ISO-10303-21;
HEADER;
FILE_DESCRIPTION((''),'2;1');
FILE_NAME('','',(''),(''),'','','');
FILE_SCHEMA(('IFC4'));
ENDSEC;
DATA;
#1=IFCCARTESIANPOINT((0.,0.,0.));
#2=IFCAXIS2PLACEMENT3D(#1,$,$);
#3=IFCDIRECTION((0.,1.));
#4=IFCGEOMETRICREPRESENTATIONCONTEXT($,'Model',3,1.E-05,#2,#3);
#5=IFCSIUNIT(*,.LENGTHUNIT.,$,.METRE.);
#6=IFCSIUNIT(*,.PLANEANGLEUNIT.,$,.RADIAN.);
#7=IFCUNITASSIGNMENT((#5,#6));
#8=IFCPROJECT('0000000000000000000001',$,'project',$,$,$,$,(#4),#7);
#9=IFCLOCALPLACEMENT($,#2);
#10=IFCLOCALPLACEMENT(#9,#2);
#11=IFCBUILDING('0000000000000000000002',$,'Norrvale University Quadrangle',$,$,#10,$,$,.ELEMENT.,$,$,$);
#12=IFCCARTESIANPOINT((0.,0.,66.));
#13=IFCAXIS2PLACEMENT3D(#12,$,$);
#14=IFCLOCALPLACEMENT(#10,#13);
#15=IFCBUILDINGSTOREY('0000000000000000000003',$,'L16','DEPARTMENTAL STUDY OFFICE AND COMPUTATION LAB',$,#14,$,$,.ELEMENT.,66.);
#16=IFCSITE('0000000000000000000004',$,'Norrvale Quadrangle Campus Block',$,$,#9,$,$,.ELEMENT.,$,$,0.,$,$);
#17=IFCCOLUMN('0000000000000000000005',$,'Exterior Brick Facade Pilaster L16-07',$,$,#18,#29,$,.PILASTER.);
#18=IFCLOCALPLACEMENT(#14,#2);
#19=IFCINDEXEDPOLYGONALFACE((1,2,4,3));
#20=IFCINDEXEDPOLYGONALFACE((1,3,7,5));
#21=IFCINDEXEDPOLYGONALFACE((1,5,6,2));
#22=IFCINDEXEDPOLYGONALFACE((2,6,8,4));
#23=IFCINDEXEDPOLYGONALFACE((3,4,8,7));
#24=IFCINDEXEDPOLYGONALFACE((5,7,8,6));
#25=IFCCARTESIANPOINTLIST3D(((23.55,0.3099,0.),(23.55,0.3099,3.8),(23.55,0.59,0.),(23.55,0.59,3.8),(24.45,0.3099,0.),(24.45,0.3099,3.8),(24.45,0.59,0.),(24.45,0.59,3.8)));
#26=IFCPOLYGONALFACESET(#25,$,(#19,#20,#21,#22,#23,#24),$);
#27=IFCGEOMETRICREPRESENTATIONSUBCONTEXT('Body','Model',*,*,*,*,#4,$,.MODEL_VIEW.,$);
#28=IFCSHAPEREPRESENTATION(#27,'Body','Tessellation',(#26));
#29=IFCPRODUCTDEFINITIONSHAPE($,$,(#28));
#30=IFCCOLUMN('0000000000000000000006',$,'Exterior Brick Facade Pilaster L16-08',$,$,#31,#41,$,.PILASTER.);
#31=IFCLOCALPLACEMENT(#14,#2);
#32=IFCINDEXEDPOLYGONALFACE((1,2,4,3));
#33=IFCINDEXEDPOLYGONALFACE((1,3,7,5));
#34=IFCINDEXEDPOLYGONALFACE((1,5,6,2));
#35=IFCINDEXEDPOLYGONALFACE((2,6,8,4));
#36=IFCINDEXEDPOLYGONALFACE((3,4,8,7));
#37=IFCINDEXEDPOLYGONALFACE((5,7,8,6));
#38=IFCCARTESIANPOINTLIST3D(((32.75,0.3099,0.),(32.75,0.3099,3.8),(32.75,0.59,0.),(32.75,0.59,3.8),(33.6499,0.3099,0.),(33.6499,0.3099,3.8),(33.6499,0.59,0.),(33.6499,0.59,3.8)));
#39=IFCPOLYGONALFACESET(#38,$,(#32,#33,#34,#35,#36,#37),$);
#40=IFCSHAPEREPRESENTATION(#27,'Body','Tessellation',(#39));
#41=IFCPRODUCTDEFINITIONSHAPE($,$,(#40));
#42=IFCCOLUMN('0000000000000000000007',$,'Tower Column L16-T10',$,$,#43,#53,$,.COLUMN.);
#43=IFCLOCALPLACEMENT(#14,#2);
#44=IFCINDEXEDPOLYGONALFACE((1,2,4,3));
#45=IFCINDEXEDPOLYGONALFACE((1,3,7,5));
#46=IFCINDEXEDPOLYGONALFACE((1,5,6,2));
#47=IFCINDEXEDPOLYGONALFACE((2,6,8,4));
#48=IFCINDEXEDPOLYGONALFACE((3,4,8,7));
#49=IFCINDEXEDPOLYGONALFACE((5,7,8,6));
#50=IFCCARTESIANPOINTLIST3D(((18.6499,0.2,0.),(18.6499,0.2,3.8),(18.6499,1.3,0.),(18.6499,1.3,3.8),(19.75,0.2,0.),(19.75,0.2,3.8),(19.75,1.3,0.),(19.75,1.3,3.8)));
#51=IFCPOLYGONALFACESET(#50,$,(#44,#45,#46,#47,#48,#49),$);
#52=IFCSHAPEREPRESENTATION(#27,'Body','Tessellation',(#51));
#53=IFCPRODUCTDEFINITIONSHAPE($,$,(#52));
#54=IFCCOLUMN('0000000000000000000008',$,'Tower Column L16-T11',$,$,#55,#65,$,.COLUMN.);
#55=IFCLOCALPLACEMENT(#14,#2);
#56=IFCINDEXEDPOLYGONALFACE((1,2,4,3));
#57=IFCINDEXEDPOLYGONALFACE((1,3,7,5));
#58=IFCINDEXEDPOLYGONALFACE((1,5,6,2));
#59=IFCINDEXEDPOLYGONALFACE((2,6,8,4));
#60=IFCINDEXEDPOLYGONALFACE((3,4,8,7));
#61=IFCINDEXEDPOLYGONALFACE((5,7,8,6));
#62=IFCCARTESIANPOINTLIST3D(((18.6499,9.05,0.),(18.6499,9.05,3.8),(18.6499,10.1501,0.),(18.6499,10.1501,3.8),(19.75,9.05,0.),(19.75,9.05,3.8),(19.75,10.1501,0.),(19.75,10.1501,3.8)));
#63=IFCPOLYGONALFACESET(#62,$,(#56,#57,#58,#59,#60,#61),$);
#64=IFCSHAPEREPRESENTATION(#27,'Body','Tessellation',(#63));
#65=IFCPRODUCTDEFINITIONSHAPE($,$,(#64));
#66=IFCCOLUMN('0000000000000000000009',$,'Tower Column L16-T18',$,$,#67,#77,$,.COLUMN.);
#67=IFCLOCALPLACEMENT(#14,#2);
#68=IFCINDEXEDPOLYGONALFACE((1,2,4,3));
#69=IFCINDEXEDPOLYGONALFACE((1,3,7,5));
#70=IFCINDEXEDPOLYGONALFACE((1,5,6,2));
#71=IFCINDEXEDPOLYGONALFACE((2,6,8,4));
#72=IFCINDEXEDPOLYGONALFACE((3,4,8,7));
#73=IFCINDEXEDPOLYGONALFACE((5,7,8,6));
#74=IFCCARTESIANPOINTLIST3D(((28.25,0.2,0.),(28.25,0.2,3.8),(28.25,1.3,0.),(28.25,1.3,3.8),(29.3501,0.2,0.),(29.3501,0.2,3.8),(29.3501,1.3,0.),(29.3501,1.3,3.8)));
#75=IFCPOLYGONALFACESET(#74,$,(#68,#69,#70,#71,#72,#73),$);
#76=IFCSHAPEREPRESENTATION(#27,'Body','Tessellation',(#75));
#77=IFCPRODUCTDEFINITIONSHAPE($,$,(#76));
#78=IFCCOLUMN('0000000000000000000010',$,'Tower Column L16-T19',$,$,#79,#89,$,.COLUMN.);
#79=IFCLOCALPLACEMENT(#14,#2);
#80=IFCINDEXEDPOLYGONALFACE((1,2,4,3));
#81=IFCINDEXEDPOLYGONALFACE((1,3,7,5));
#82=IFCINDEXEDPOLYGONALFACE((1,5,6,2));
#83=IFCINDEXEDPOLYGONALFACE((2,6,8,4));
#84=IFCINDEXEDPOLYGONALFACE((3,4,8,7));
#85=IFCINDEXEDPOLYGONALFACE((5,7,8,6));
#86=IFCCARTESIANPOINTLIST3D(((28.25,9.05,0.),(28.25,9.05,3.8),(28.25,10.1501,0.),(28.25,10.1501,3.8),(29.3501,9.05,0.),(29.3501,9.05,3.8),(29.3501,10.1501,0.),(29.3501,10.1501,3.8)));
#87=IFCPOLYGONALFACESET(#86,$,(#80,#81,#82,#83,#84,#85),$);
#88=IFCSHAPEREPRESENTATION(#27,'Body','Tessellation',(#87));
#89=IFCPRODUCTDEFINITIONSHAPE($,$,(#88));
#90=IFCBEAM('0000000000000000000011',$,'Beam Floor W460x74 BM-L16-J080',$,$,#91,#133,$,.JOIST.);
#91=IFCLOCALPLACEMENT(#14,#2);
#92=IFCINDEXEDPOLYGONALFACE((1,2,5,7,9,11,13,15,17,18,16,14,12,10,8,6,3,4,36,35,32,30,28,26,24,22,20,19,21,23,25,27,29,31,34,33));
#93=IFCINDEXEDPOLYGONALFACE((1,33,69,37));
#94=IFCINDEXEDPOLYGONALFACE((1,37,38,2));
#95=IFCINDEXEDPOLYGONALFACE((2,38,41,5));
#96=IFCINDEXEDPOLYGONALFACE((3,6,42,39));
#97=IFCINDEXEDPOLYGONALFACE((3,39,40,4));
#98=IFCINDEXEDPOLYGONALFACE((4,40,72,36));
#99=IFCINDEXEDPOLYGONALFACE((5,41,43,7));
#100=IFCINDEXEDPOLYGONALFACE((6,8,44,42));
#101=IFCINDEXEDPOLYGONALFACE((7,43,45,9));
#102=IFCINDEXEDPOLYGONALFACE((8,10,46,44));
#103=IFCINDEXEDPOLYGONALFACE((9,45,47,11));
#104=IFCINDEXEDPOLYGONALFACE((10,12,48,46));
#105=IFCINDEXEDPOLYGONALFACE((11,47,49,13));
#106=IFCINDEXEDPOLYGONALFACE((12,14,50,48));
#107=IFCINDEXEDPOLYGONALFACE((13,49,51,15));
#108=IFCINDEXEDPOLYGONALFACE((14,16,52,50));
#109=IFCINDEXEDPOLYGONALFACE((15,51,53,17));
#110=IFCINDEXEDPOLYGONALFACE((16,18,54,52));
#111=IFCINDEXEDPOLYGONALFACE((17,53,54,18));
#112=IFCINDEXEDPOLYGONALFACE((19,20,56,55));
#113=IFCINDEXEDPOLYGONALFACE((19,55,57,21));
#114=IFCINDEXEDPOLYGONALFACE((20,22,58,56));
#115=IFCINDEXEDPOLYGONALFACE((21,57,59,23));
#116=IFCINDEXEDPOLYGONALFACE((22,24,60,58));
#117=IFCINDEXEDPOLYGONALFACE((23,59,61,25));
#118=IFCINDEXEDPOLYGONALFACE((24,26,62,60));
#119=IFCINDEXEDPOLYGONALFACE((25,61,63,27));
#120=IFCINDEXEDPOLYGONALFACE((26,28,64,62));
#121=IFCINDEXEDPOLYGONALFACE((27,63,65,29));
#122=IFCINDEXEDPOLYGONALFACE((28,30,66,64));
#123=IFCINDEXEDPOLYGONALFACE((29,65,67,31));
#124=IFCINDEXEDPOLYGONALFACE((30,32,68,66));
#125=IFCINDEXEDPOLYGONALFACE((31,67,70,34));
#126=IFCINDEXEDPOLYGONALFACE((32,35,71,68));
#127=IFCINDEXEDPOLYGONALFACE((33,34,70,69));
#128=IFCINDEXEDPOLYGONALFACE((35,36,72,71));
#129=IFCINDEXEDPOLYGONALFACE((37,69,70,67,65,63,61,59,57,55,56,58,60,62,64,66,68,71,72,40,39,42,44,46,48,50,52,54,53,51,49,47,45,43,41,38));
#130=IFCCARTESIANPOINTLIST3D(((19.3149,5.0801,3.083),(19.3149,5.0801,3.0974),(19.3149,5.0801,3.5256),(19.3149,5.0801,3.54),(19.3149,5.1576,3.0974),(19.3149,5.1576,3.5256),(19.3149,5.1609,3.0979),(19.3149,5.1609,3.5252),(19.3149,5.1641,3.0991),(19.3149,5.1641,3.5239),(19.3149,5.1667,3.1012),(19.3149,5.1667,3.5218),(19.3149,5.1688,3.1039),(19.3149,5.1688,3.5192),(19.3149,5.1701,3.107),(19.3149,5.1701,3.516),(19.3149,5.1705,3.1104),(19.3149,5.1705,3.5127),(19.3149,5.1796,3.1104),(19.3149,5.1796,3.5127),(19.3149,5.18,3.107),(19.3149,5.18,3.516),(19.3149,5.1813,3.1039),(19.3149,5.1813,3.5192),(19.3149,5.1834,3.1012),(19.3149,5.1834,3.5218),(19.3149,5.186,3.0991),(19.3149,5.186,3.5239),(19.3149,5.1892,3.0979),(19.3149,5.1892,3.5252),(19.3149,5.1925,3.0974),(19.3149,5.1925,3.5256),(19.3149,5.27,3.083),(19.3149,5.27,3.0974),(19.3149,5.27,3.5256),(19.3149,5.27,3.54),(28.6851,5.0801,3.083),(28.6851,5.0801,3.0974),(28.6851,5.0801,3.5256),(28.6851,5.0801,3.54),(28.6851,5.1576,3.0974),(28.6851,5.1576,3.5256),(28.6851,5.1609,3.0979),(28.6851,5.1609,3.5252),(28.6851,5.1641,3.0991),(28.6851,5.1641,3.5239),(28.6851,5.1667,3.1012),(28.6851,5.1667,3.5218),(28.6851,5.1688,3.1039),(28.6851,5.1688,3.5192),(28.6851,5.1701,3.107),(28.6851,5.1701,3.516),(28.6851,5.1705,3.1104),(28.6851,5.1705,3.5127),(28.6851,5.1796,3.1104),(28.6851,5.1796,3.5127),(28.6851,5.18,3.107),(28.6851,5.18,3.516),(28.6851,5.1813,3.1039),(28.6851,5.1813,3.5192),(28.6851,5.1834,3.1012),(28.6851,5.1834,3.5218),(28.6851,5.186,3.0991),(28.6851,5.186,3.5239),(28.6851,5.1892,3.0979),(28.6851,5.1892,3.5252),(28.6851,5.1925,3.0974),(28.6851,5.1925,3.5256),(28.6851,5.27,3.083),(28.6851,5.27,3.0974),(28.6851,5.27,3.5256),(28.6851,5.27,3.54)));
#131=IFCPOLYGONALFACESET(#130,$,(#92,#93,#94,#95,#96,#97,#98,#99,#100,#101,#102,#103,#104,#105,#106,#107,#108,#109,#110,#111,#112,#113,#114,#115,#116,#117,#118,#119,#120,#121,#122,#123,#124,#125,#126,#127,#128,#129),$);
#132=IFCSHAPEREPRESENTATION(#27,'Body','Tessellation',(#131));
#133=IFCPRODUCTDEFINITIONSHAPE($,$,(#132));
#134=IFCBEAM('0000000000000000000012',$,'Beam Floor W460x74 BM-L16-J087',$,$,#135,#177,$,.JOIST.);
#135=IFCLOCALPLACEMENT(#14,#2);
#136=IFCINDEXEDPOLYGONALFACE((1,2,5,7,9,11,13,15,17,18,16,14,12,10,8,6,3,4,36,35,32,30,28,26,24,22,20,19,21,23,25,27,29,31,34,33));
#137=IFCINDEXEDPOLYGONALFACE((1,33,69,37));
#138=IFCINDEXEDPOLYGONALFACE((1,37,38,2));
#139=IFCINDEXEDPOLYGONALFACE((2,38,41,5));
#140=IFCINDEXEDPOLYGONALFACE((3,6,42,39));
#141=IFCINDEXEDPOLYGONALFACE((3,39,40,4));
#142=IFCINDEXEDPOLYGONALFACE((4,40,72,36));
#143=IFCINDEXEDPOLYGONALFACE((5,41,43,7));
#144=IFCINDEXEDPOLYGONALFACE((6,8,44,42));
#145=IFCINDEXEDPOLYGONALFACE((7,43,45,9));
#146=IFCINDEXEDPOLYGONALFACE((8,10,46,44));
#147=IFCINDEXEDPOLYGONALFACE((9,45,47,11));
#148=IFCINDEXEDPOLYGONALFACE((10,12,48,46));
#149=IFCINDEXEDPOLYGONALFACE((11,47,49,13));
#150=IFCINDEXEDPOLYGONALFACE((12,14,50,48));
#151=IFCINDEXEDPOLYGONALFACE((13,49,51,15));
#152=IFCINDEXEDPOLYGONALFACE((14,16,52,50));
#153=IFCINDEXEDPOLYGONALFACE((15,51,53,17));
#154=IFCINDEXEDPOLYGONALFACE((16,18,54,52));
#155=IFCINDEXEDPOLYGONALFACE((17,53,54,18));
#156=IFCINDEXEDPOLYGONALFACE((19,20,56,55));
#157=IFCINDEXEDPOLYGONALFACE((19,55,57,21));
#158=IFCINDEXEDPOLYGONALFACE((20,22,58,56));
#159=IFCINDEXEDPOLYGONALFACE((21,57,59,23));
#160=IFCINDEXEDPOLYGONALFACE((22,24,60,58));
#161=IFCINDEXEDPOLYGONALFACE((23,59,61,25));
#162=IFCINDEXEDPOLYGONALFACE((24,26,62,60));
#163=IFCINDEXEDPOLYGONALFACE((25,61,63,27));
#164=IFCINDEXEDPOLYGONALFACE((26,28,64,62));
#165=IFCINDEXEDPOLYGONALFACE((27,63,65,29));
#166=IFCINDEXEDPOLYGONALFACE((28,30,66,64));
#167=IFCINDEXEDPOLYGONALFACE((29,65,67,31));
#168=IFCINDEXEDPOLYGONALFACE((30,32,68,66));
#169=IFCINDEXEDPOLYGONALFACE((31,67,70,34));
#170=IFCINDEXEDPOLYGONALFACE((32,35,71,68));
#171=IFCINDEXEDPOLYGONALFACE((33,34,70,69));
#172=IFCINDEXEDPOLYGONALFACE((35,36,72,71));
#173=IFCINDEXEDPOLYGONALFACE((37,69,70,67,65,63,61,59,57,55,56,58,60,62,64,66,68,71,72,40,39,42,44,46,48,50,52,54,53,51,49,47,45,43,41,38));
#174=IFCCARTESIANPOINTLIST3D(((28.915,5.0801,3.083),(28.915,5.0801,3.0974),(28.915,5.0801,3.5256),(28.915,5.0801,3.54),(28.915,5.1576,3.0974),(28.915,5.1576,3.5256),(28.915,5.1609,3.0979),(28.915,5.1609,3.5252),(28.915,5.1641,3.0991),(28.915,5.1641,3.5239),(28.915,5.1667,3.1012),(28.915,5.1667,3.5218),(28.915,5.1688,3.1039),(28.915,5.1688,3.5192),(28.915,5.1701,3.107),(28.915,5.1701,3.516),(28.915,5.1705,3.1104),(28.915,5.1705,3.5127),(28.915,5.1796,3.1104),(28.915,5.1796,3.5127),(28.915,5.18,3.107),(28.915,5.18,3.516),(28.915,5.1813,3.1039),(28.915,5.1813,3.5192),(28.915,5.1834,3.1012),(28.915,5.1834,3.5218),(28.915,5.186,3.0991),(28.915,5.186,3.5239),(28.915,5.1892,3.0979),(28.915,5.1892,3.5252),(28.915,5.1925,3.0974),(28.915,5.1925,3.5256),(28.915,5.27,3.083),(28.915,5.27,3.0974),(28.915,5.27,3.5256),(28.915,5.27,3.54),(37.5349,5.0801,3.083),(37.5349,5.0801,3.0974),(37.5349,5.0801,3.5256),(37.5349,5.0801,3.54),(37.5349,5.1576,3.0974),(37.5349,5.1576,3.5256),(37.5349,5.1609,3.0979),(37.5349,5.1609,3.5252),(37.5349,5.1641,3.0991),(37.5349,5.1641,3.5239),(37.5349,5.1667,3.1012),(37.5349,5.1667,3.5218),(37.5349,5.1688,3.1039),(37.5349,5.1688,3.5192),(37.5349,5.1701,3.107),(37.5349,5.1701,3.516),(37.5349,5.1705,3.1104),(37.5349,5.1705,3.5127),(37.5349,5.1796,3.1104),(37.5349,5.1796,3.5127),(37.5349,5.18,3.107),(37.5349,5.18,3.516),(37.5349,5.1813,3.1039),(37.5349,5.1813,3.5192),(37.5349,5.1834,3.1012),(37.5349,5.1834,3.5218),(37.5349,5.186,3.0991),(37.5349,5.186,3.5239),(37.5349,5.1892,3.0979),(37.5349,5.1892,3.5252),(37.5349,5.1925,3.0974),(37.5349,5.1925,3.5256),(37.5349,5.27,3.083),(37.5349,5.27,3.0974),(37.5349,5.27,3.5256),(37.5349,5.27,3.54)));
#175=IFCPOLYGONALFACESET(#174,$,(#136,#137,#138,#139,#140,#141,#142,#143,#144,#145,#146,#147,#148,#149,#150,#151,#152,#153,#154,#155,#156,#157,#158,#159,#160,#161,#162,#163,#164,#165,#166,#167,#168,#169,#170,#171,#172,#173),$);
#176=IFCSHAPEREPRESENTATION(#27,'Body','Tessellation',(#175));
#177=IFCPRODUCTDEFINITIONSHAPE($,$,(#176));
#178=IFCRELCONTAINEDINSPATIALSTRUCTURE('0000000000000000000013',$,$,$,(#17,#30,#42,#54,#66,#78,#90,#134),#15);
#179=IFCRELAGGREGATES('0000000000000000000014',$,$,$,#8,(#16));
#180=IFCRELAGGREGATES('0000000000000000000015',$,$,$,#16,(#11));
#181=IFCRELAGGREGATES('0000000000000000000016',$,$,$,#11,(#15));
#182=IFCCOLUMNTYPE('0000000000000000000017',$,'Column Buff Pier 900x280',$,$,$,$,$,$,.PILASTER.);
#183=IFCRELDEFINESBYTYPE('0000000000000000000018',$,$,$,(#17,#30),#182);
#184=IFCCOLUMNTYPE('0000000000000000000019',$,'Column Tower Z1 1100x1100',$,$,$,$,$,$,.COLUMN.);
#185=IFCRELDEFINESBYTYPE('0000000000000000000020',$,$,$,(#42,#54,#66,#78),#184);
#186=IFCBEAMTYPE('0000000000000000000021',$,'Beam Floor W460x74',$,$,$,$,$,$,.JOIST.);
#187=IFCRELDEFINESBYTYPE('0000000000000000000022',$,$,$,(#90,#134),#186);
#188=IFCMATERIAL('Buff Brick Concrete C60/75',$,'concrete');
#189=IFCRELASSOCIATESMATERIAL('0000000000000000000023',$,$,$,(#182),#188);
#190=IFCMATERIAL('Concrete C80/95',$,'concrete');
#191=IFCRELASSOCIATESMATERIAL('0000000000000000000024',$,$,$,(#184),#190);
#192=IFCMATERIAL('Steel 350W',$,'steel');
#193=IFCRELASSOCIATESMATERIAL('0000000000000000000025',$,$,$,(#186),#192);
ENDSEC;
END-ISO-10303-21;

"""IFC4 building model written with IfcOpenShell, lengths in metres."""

from ifc_helpers import new_model, si_unit, direction, frame, origin, origin_2d, place, context, subcontext, project, spatial, rectangle, i_section, extrude, material, material_profile, profile_set, type_object, element, save


model = new_model("IFC4")

# Units and contexts
model_context = context("Model", 3, precision=1e-05, world=origin(), true_north=direction((0.0, 1.0)))
body_context = subcontext(model_context, "Body", "Model", "MODEL_VIEW")
ifc_project = project(units=[si_unit("LENGTHUNIT", "METRE"), si_unit("PLANEANGLEUNIT", "RADIAN")], contexts=[model_context])

# Site, building, storey
site_placement = place(None, origin())
site = spatial("IfcSite", under=ifc_project, at=site_placement, Name="Norrvale Quadrangle Campus Block", CompositionType="ELEMENT", RefElevation=0.0)
building_placement = place(site_placement, origin())
building = spatial("IfcBuilding", under=site, at=building_placement, Name="Norrvale University Quadrangle", CompositionType="ELEMENT")
storey_placement = place(building_placement, frame((0.0, 0.0, 66.0)))
storey = spatial("IfcBuildingStorey", under=building, at=storey_placement, Name="L16", Description="DEPARTMENTAL STUDY OFFICE AND COMPUTATION LAB", CompositionType="ELEMENT", Elevation=66.0)

# Columns
ifc_material_1 = material(Name="Buff Brick Concrete C60/75", Category="concrete")
ifc_material_profile_1 = material_profile(ifc_material_1, rectangle(XDim=0.8999, YDim=0.28, at=origin_2d()), Name="Buff Brick Concrete C60/75")
ifc_profile_set_1 = profile_set([ifc_material_profile_1], Name="Buff Brick Concrete C60/75")
column_type_1 = type_object("IfcColumnType", Name="Column Buff Pier 900x280", PredefinedType="PILASTER", material=ifc_profile_set_1)
for number, where, z_axis, x_axis, name in (
    (1, (24.0, 0.45, 0.0), (0.0, 0.0, 1.0), (1.0, 0.0, 0.0), "Exterior Brick Facade Pilaster L16-07"),
    (2, (33.2, 0.45, 0.0), (0.0, 0.0, 1.0), (1.0, 0.0, 0.0), "Exterior Brick Facade Pilaster L16-08"),
):
    element("IfcColumn", number, at=place(storey_placement, frame(where, z_axis=z_axis, x_axis=x_axis)), inside=storey, type_object=column_type_1, Name=name, PredefinedType="PILASTER", context=body_context, shape_type="SweptSolid", body=[
        extrude(rectangle(XDim=0.8999, YDim=0.28, at=origin_2d()), origin(), (0.0, 0.0, 1.0), 3.8),
    ])
ifc_material_2 = material(Name="Concrete C80/95", Category="concrete")
ifc_material_profile_2 = material_profile(ifc_material_2, rectangle(XDim=1.1001, YDim=1.1001, at=origin_2d()), Name="Concrete C80/95")
ifc_profile_set_2 = profile_set([ifc_material_profile_2], Name="Concrete C80/95")
column_type_2 = type_object("IfcColumnType", Name="Column Tower Z1 1100x1100", PredefinedType="COLUMN", material=ifc_profile_set_2)
for number, where, z_axis, x_axis, name in (
    (3, (19.2, 0.75, 0.0), (0.0, 0.0, 1.0), (1.0, 0.0, 0.0), "Tower Column L16-T10"),
    (4, (19.2, 9.6001, 0.0), (0.0, 0.0, 1.0), (1.0, 0.0, 0.0), "Tower Column L16-T11"),
    (5, (28.8, 0.75, 0.0), (0.0, 0.0, 1.0), (1.0, 0.0, 0.0), "Tower Column L16-T18"),
    (6, (28.8, 9.6001, 0.0), (0.0, 0.0, 1.0), (1.0, 0.0, 0.0), "Tower Column L16-T19"),
):
    element("IfcColumn", number, at=place(storey_placement, frame(where, z_axis=z_axis, x_axis=x_axis)), inside=storey, type_object=column_type_2, Name=name, PredefinedType="COLUMN", context=body_context, shape_type="SweptSolid", body=[
        extrude(rectangle(XDim=1.1001, YDim=1.1001, at=origin_2d()), origin(), (0.0, 0.0, 1.0), 3.8),
    ])

# Beams
ifc_material_3 = material(Name="Steel 350W", Category="steel")
ifc_material_profile_3 = material_profile(ifc_material_3, i_section(OverallWidth=0.1899, OverallDepth=0.457, WebThickness=0.009, FlangeThickness=0.0144, FilletRadius=0.0129, at=origin_2d()), Name="Steel 350W")
ifc_profile_set_3 = profile_set([ifc_material_profile_3], Name="Steel 350W")
beam_type_1 = type_object("IfcBeamType", Name="Beam Floor W460x74", PredefinedType="JOIST", material=ifc_profile_set_3)
beam_1_placement = place(storey_placement, frame((19.3149, 5.175, 3.3115), z_axis=(1.0, 0.0, 0.0), x_axis=(0.0, 1.0, 0.0)))
element("IfcBeam", 7, at=beam_1_placement, inside=storey, type_object=beam_type_1, Name="Beam Floor W460x74 BM-L16-J080", PredefinedType="JOIST", context=body_context, shape_type="SweptSolid", body=[
    extrude(i_section(OverallWidth=0.1899, OverallDepth=0.457, WebThickness=0.009, FlangeThickness=0.0144, FilletRadius=0.0129, at=origin_2d()), origin(), (0.0, 0.0, 1.0), 9.3701),
])
beam_2_placement = place(storey_placement, frame((28.915, 5.175, 3.3115), z_axis=(1.0, 0.0, 0.0), x_axis=(0.0, 1.0, 0.0)))
element("IfcBeam", 8, at=beam_2_placement, inside=storey, type_object=beam_type_1, Name="Beam Floor W460x74 BM-L16-J087", PredefinedType="JOIST", context=body_context, shape_type="SweptSolid", body=[
    extrude(i_section(OverallWidth=0.1899, OverallDepth=0.457, WebThickness=0.009, FlangeThickness=0.0144, FilletRadius=0.0129, at=origin_2d()), origin(), (0.0, 0.0, 1.0), 8.6199),
])

save(model, "model.ifc")
